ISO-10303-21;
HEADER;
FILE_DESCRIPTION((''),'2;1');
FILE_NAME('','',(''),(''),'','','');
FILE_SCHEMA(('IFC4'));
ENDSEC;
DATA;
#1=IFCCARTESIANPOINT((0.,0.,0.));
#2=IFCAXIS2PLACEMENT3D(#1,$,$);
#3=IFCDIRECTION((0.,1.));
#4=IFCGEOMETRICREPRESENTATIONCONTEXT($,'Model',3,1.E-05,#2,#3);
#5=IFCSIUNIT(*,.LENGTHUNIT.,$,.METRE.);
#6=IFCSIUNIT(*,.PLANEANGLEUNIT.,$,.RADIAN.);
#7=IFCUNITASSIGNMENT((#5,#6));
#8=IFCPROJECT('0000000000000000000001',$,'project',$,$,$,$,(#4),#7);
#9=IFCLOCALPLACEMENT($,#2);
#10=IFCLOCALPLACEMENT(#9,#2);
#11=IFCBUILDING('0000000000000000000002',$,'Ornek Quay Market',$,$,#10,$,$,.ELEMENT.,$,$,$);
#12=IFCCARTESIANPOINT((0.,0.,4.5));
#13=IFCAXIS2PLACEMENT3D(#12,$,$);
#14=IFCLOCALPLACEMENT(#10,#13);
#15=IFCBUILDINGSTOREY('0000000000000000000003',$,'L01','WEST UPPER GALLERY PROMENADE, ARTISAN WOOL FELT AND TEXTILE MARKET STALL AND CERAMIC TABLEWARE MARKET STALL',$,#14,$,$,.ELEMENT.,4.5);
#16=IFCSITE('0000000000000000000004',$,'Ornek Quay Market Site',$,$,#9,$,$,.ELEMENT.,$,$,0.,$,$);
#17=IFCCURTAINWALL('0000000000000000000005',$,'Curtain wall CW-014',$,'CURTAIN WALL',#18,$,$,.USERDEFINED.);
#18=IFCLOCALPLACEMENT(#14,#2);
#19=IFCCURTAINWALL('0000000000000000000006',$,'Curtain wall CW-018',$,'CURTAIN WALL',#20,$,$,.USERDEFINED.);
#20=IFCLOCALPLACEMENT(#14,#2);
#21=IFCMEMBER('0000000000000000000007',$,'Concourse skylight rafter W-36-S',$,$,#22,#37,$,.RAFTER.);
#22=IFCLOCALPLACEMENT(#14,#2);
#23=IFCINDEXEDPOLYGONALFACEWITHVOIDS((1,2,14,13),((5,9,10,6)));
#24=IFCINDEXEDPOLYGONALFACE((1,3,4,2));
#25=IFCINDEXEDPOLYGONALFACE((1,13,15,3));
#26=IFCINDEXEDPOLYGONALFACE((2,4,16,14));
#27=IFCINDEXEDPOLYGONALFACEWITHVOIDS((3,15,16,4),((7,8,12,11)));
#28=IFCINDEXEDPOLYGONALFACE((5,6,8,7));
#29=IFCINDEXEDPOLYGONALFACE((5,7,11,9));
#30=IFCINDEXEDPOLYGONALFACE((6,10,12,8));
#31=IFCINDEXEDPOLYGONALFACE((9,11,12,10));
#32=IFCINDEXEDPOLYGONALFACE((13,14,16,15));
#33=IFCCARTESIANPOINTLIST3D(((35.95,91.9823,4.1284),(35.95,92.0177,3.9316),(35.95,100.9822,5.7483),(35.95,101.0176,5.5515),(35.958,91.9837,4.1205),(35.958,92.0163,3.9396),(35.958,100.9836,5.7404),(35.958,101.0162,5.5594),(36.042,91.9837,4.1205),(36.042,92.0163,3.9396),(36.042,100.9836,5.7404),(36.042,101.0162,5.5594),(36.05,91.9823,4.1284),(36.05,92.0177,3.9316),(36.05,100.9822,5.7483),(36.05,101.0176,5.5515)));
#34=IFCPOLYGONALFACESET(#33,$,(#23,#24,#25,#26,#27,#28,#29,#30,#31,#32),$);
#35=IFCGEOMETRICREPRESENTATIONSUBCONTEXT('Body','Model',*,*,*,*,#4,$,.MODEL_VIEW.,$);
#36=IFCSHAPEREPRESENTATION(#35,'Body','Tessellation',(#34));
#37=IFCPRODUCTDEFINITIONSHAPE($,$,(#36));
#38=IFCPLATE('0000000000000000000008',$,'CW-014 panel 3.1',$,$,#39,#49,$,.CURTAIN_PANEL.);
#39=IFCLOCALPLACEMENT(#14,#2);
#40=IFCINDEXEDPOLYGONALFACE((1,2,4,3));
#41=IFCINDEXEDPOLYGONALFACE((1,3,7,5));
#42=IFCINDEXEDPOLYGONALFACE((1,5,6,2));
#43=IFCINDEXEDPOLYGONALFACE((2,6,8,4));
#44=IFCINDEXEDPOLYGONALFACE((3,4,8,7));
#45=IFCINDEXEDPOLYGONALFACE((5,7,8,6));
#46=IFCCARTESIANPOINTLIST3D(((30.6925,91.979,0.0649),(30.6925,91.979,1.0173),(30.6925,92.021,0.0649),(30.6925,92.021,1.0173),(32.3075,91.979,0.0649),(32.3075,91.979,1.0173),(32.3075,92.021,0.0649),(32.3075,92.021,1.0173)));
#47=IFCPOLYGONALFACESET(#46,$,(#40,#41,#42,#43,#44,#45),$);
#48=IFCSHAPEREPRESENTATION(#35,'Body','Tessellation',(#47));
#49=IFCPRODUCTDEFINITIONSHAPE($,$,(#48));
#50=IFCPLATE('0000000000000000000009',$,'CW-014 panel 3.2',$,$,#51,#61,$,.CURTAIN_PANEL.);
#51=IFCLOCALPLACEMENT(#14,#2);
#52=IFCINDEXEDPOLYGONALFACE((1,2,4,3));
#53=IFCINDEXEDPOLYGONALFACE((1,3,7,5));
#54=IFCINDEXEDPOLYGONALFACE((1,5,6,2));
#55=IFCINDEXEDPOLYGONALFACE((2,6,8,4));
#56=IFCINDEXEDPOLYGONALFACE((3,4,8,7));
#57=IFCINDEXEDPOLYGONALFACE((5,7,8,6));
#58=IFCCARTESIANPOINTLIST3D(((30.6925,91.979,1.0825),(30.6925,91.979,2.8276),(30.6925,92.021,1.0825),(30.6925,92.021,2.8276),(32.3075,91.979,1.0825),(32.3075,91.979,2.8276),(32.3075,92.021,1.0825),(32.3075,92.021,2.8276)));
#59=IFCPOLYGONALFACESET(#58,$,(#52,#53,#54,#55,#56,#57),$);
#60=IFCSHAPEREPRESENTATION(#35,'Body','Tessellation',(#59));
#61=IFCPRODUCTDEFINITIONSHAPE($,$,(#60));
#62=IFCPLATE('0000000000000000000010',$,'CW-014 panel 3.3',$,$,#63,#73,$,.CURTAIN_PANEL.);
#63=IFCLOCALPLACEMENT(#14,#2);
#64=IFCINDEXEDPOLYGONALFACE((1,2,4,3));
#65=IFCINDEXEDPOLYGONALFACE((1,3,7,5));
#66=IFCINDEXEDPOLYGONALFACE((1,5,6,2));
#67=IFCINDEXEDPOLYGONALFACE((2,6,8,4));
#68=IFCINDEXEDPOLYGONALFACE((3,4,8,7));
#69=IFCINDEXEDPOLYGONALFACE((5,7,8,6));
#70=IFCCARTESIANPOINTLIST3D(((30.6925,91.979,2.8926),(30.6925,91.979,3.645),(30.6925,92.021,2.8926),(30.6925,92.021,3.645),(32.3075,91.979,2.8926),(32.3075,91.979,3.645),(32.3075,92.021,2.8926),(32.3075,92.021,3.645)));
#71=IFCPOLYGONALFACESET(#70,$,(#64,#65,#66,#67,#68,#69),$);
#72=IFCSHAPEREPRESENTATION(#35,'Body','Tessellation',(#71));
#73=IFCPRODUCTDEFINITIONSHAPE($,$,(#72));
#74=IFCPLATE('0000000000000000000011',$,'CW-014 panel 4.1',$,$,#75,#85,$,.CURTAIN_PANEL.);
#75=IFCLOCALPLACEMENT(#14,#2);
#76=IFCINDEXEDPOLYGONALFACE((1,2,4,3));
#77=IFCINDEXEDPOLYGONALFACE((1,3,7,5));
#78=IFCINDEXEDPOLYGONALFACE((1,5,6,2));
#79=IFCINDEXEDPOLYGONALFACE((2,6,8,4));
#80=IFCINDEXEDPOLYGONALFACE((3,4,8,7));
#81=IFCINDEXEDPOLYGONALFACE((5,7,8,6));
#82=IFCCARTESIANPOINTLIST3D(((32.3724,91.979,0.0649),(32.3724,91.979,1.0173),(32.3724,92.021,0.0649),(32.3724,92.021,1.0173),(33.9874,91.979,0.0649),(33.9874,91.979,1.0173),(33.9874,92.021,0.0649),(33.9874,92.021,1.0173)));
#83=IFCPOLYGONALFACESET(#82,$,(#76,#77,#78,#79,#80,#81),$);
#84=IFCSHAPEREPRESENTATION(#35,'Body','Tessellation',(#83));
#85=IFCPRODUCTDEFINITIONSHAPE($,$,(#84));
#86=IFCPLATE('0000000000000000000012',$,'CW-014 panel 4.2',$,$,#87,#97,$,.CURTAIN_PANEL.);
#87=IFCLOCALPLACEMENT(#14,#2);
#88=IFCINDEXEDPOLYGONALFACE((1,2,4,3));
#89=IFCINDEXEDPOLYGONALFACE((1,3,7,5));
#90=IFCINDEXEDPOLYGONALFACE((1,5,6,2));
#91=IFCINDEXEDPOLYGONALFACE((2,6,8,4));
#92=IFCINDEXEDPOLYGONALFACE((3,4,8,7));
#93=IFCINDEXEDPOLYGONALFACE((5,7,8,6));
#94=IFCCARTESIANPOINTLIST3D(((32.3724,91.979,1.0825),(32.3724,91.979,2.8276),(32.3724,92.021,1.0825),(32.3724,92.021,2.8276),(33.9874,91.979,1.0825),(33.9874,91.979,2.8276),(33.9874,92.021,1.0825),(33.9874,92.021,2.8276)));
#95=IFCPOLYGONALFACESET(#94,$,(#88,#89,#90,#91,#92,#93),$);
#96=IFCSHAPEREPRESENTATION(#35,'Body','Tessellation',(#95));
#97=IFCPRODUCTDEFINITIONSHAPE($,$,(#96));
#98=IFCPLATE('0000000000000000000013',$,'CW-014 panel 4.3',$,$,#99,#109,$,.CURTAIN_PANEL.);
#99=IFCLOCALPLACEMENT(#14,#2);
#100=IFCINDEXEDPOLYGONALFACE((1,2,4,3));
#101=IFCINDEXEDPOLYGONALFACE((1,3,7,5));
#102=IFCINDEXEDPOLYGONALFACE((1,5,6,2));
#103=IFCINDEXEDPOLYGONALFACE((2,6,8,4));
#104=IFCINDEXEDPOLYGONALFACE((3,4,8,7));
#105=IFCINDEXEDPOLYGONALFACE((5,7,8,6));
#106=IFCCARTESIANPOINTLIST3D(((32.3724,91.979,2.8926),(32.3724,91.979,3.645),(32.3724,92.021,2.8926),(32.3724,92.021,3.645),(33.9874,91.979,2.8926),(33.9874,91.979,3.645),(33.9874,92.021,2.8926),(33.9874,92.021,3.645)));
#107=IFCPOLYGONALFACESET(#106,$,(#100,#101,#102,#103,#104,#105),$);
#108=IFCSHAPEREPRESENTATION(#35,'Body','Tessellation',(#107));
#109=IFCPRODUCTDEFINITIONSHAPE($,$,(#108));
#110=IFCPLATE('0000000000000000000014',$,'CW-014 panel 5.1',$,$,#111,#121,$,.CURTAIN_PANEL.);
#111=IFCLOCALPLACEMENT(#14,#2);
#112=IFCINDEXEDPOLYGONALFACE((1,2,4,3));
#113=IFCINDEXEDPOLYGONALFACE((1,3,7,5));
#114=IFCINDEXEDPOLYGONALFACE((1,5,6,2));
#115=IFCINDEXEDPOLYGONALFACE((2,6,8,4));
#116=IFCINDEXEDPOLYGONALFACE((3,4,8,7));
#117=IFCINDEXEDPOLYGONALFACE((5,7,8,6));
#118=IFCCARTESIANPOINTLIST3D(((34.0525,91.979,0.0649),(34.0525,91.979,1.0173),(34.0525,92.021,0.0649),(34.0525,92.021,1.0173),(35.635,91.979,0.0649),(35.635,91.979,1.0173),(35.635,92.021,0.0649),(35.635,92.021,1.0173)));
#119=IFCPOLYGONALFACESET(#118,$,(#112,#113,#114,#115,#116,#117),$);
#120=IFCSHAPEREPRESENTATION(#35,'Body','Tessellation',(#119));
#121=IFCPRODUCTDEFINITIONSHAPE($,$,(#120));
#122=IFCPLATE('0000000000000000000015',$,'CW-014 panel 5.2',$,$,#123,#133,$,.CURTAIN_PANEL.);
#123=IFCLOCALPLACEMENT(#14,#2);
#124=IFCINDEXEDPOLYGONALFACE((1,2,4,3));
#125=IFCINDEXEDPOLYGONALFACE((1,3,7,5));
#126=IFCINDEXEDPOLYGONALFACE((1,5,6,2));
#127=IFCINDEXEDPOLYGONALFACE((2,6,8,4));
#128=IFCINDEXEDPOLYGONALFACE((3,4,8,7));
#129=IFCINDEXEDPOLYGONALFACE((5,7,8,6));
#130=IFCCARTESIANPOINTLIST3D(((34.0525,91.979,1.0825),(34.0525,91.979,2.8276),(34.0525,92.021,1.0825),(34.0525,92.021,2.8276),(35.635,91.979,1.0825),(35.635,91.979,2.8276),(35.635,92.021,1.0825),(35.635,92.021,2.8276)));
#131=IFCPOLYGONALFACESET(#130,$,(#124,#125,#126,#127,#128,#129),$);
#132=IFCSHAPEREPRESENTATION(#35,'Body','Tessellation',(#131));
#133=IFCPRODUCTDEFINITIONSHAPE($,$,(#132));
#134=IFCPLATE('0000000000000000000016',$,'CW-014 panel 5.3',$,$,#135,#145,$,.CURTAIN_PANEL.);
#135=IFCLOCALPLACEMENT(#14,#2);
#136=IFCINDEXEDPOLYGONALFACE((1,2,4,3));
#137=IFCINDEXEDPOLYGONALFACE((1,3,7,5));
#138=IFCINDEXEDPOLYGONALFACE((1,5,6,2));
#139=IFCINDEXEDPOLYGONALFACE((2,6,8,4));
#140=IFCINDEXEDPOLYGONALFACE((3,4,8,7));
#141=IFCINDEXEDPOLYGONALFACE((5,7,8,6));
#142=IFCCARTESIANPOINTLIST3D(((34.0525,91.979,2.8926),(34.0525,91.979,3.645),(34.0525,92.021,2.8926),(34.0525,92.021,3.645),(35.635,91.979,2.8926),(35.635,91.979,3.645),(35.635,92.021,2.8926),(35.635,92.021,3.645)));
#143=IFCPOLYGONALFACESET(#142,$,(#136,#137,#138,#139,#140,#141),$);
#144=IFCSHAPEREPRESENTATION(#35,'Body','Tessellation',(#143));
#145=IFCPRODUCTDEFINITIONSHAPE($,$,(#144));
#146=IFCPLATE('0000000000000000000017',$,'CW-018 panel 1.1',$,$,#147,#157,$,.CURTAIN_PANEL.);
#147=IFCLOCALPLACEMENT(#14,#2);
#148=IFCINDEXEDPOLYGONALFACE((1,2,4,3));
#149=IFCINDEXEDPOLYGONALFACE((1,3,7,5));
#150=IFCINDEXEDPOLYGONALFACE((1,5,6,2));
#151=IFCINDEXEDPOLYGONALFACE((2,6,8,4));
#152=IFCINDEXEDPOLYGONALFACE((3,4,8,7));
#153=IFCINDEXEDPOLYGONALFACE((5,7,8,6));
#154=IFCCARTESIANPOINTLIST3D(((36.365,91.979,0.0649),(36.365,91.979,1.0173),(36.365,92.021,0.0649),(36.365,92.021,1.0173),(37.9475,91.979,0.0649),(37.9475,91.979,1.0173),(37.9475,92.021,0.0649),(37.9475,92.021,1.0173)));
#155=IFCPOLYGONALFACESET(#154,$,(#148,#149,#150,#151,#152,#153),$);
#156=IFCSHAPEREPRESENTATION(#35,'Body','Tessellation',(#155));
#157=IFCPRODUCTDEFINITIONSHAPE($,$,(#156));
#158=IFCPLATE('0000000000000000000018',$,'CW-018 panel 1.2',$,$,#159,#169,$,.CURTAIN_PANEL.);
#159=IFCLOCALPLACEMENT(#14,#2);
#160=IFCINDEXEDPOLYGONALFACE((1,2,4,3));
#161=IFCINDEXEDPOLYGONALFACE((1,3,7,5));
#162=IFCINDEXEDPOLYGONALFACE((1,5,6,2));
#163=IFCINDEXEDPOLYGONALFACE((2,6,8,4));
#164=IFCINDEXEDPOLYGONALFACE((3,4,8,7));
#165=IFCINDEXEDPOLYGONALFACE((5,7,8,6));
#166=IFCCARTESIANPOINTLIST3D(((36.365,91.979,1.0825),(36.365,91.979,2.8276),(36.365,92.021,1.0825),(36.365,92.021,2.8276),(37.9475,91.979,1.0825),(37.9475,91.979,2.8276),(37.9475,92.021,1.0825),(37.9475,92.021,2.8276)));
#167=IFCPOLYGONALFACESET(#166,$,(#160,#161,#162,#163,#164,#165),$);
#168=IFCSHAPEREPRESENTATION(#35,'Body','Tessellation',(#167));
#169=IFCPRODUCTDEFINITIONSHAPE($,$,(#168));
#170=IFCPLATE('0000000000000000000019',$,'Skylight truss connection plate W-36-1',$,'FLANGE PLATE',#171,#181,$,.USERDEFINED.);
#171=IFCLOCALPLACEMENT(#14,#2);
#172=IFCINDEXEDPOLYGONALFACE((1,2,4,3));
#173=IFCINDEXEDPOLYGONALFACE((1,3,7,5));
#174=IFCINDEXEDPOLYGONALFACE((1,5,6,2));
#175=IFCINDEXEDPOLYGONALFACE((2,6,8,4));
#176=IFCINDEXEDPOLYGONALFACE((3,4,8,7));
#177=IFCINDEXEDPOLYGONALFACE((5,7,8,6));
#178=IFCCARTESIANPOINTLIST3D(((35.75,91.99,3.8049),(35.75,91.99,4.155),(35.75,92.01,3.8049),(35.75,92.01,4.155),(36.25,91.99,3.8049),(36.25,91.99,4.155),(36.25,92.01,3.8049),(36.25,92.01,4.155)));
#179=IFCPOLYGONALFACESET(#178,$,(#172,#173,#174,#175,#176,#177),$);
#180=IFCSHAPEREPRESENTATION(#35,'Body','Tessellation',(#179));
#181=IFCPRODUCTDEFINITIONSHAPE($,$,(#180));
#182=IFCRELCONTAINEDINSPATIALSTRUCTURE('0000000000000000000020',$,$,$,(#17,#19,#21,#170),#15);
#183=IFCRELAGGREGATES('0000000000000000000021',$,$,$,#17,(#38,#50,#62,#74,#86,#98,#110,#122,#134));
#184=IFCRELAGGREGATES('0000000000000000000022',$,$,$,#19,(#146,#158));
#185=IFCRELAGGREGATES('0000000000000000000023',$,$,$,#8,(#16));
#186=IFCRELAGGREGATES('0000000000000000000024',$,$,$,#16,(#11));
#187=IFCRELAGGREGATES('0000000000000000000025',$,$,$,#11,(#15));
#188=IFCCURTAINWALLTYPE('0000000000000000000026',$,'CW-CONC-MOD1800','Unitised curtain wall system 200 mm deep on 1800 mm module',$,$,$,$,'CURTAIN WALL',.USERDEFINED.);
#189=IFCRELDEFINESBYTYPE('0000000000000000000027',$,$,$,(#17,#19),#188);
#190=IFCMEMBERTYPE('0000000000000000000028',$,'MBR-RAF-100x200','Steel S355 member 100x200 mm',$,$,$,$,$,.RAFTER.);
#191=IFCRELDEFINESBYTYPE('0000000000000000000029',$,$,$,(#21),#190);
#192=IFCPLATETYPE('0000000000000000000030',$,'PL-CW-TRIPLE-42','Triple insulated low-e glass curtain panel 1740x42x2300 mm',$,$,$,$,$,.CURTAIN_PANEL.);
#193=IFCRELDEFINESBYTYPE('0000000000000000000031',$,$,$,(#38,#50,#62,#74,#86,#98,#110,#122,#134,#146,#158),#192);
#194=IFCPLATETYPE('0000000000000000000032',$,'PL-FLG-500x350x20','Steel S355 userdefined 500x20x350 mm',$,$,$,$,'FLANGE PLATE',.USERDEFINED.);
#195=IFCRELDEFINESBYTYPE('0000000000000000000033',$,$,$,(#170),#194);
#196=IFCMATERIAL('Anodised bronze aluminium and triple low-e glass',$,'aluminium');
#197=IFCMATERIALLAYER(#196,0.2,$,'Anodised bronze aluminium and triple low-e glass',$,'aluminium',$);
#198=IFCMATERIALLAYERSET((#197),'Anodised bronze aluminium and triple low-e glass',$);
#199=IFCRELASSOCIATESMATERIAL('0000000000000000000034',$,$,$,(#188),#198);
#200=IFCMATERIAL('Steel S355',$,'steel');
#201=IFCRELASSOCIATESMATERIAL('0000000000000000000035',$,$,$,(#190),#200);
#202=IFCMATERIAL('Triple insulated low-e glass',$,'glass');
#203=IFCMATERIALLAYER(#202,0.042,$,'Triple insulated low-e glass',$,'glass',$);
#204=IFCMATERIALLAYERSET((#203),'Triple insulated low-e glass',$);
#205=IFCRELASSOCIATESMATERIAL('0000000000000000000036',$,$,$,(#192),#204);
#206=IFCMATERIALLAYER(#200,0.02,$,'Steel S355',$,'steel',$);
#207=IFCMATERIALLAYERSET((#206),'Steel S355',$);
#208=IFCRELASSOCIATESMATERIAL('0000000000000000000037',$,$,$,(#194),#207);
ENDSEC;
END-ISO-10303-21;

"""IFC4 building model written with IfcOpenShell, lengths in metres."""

from ifc_helpers import new_model, si_unit, direction, frame, origin, origin_2d, place, context, subcontext, project, spatial, rectangle, hollow_rectangle, extrude, material, layer, layer_set, material_profile, profile_set, type_object, element, aggregate, save


model = new_model("IFC4")

# Units and contexts
model_context = context("Model", 3, precision=1e-05, world=origin(), true_north=direction((0.0, 1.0)))
body_context = subcontext(model_context, "Body", "Model", "MODEL_VIEW")
ifc_project = project(units=[si_unit("LENGTHUNIT", "METRE"), si_unit("PLANEANGLEUNIT", "RADIAN")], contexts=[model_context])

# Site, building, storey
site_placement = place(None, origin())
site = spatial("IfcSite", under=ifc_project, at=site_placement, Name="Ornek Quay Market Site", CompositionType="ELEMENT", RefElevation=0.0)
building_placement = place(site_placement, origin())
building = spatial("IfcBuilding", under=site, at=building_placement, Name="Ornek Quay Market", CompositionType="ELEMENT")
storey_placement = place(building_placement, frame((0.0, 0.0, 4.5)))
storey = spatial("IfcBuildingStorey", under=building, at=storey_placement, Name="L01", Description="WEST UPPER GALLERY PROMENADE, ARTISAN WOOL FELT AND TEXTILE MARKET STALL AND CERAMIC TABLEWARE MARKET STALL", CompositionType="ELEMENT", Elevation=4.5)

# Curtain wall
ifc_material_1 = material(Name="Anodised bronze aluminium and triple low-e glass", Category="aluminium")
ifc_layer_1 = layer(ifc_material_1, 0.2, Name="Anodised bronze aluminium and triple low-e glass", Category="aluminium")
ifc_layer_set_1 = layer_set([ifc_layer_1], Name="Anodised bronze aluminium and triple low-e glass")
curtain_wall_type = type_object("IfcCurtainWallType", Name="CW-CONC-MOD1800", Description="Unitised curtain wall system 200 mm deep on 1800 mm module", ElementType="CURTAIN WALL", PredefinedType="USERDEFINED", material=ifc_layer_set_1)
curtain_wall_1_placement = place(storey_placement, origin())
curtain_wall_1 = element("IfcCurtainWall", 1, at=curtain_wall_1_placement, inside=storey, type_object=curtain_wall_type, Name="Curtain wall CW-014", ObjectType="CURTAIN WALL", PredefinedType="USERDEFINED")

# Curtain wall
curtain_wall_2_placement = place(storey_placement, origin())
curtain_wall_2 = element("IfcCurtainWall", 2, at=curtain_wall_2_placement, inside=storey, type_object=curtain_wall_type, Name="Curtain wall CW-018", ObjectType="CURTAIN WALL", PredefinedType="USERDEFINED")

# Member
ifc_material_2 = material(Name="Steel S355", Category="steel")
ifc_material_profile_1 = material_profile(ifc_material_2, hollow_rectangle(XDim=0.1001, YDim=0.2, WallThickness=0.0081, at=origin_2d()), Name="MBR-RAF-100x200", Category="steel")
ifc_profile_set_1 = profile_set([ifc_material_profile_1], Name="Steel S355")
member_type_1 = type_object("IfcMemberType", Name="MBR-RAF-100x200", Description="Steel S355 member 100x200 mm", PredefinedType="RAFTER", material=ifc_profile_set_1)
member_1_placement = place(storey_placement, frame((36.0, 92.0, 4.03), z_axis=(0.0, 0.984186, 0.17714), x_axis=(-1.0, 0.0, 0.0)))
element("IfcMember", 3, at=member_1_placement, inside=storey, type_object=member_type_1, Name="Concourse skylight rafter W-36-S", PredefinedType="RAFTER", context=body_context, shape_type="SweptSolid", body=[
    extrude(hollow_rectangle(XDim=0.1001, YDim=0.2, WallThickness=0.0081, at=origin_2d()), origin(), (0.0, 0.0, 1.0), 9.1445),
])

# Plates
ifc_material_3 = material(Name="Triple insulated low-e glass", Category="glass")
ifc_layer_2 = layer(ifc_material_3, 0.042, Name="Triple insulated low-e glass", Category="glass")
ifc_layer_set_2 = layer_set([ifc_layer_2], Name="Triple insulated low-e glass")
plate_type_1 = type_object("IfcPlateType", Name="PL-CW-TRIPLE-42", Description="Triple insulated low-e glass curtain panel 1740x42x2300 mm", PredefinedType="CURTAIN_PANEL", material=ifc_layer_set_2)
plate_1_placement = place(storey_placement, frame((31.5, 92.0, 0.0649), z_axis=(0.0, 0.0, 1.0), x_axis=(1.0, 0.0, 0.0)))
plate_1 = element("IfcPlate", 4, at=plate_1_placement, type_object=plate_type_1, Name="CW-014 panel 3.1", PredefinedType="CURTAIN_PANEL", context=body_context, shape_type="SweptSolid", body=[
    extrude(rectangle(XDim=1.615, YDim=0.042, at=origin_2d()), origin(), (0.0, 0.0, 1.0), 0.9524),
])
plate_2_placement = place(storey_placement, frame((31.5, 92.0, 1.0825), z_axis=(0.0, 0.0, 1.0), x_axis=(1.0, 0.0, 0.0)))
plate_2 = element("IfcPlate", 5, at=plate_2_placement, type_object=plate_type_1, Name="CW-014 panel 3.2", PredefinedType="CURTAIN_PANEL", context=body_context, shape_type="SweptSolid", body=[
    extrude(rectangle(XDim=1.615, YDim=0.042, at=origin_2d()), origin(), (0.0, 0.0, 1.0), 1.7451),
])
plate_3_placement = place(storey_placement, frame((31.5, 92.0, 2.8926), z_axis=(0.0, 0.0, 1.0), x_axis=(1.0, 0.0, 0.0)))
plate_3 = element("IfcPlate", 6, at=plate_3_placement, type_object=plate_type_1, Name="CW-014 panel 3.3", PredefinedType="CURTAIN_PANEL", context=body_context, shape_type="SweptSolid", body=[
    extrude(rectangle(XDim=1.615, YDim=0.042, at=origin_2d()), origin(), (0.0, 0.0, 1.0), 0.7524),
])
plate_4_placement = place(storey_placement, frame((33.1799, 92.0, 0.0649), z_axis=(0.0, 0.0, 1.0), x_axis=(1.0, 0.0, 0.0)))
plate_4 = element("IfcPlate", 7, at=plate_4_placement, type_object=plate_type_1, Name="CW-014 panel 4.1", PredefinedType="CURTAIN_PANEL", context=body_context, shape_type="SweptSolid", body=[
    extrude(rectangle(XDim=1.615, YDim=0.042, at=origin_2d()), origin(), (0.0, 0.0, 1.0), 0.9524),
])
plate_5_placement = place(storey_placement, frame((33.1799, 92.0, 1.0825), z_axis=(0.0, 0.0, 1.0), x_axis=(1.0, 0.0, 0.0)))
plate_5 = element("IfcPlate", 8, at=plate_5_placement, type_object=plate_type_1, Name="CW-014 panel 4.2", PredefinedType="CURTAIN_PANEL", context=body_context, shape_type="SweptSolid", body=[
    extrude(rectangle(XDim=1.615, YDim=0.042, at=origin_2d()), origin(), (0.0, 0.0, 1.0), 1.7451),
])
plate_6_placement = place(storey_placement, frame((33.1799, 92.0, 2.8926), z_axis=(0.0, 0.0, 1.0), x_axis=(1.0, 0.0, 0.0)))
plate_6 = element("IfcPlate", 9, at=plate_6_placement, type_object=plate_type_1, Name="CW-014 panel 4.3", PredefinedType="CURTAIN_PANEL", context=body_context, shape_type="SweptSolid", body=[
    extrude(rectangle(XDim=1.615, YDim=0.042, at=origin_2d()), origin(), (0.0, 0.0, 1.0), 0.7524),
])
plate_7_placement = place(storey_placement, frame((34.8438, 92.0, 0.0649), z_axis=(0.0, 0.0, 1.0), x_axis=(1.0, 0.0, 0.0)))
plate_7 = element("IfcPlate", 10, at=plate_7_placement, type_object=plate_type_1, Name="CW-014 panel 5.1", PredefinedType="CURTAIN_PANEL", context=body_context, shape_type="SweptSolid", body=[
    extrude(rectangle(XDim=1.5825, YDim=0.042, at=origin_2d()), origin(), (0.0, 0.0, 1.0), 0.9524),
])
plate_8_placement = place(storey_placement, frame((34.8438, 92.0, 1.0825), z_axis=(0.0, 0.0, 1.0), x_axis=(1.0, 0.0, 0.0)))
plate_8 = element("IfcPlate", 11, at=plate_8_placement, type_object=plate_type_1, Name="CW-014 panel 5.2", PredefinedType="CURTAIN_PANEL", context=body_context, shape_type="SweptSolid", body=[
    extrude(rectangle(XDim=1.5825, YDim=0.042, at=origin_2d()), origin(), (0.0, 0.0, 1.0), 1.7451),
])
plate_9_placement = place(storey_placement, frame((34.8438, 92.0, 2.8926), z_axis=(0.0, 0.0, 1.0), x_axis=(1.0, 0.0, 0.0)))
plate_9 = element("IfcPlate", 12, at=plate_9_placement, type_object=plate_type_1, Name="CW-014 panel 5.3", PredefinedType="CURTAIN_PANEL", context=body_context, shape_type="SweptSolid", body=[
    extrude(rectangle(XDim=1.5825, YDim=0.042, at=origin_2d()), origin(), (0.0, 0.0, 1.0), 0.7524),
])
aggregate(curtain_wall_1, [plate_1, plate_2, plate_3, plate_4, plate_5, plate_6, plate_7, plate_8, plate_9])
plate_10_placement = place(storey_placement, frame((37.1562, 92.0, 0.0649), z_axis=(0.0, 0.0, 1.0), x_axis=(1.0, 0.0, 0.0)))
plate_10 = element("IfcPlate", 13, at=plate_10_placement, type_object=plate_type_1, Name="CW-018 panel 1.1", PredefinedType="CURTAIN_PANEL", context=body_context, shape_type="SweptSolid", body=[
    extrude(rectangle(XDim=1.5825, YDim=0.042, at=origin_2d()), origin(), (0.0, 0.0, 1.0), 0.9524),
])
plate_11_placement = place(storey_placement, frame((37.1562, 92.0, 1.0825), z_axis=(0.0, 0.0, 1.0), x_axis=(1.0, 0.0, 0.0)))
plate_11 = element("IfcPlate", 14, at=plate_11_placement, type_object=plate_type_1, Name="CW-018 panel 1.2", PredefinedType="CURTAIN_PANEL", context=body_context, shape_type="SweptSolid", body=[
    extrude(rectangle(XDim=1.5825, YDim=0.042, at=origin_2d()), origin(), (0.0, 0.0, 1.0), 1.7451),
])
aggregate(curtain_wall_2, [plate_10, plate_11])
ifc_layer_3 = layer(ifc_material_2, 0.02, Name="Steel S355", Category="steel")
ifc_layer_set_3 = layer_set([ifc_layer_3], Name="Steel S355")
plate_type_2 = type_object("IfcPlateType", Name="PL-FLG-500x350x20", Description="Steel S355 userdefined 500x20x350 mm", ElementType="FLANGE PLATE", PredefinedType="USERDEFINED", material=ifc_layer_set_3)
plate_12_placement = place(storey_placement, frame((36.0, 92.0, 3.8049), z_axis=(0.0, 0.0, 1.0), x_axis=(1.0, 0.0, 0.0)))
element("IfcPlate", 15, at=plate_12_placement, inside=storey, type_object=plate_type_2, Name="Skylight truss connection plate W-36-1", ObjectType="FLANGE PLATE", PredefinedType="USERDEFINED", context=body_context, shape_type="SweptSolid", body=[
    extrude(rectangle(XDim=0.5, YDim=0.02, at=origin_2d()), origin(), (0.0, 0.0, 1.0), 0.3501),
])

save(model, "model.ifc")
